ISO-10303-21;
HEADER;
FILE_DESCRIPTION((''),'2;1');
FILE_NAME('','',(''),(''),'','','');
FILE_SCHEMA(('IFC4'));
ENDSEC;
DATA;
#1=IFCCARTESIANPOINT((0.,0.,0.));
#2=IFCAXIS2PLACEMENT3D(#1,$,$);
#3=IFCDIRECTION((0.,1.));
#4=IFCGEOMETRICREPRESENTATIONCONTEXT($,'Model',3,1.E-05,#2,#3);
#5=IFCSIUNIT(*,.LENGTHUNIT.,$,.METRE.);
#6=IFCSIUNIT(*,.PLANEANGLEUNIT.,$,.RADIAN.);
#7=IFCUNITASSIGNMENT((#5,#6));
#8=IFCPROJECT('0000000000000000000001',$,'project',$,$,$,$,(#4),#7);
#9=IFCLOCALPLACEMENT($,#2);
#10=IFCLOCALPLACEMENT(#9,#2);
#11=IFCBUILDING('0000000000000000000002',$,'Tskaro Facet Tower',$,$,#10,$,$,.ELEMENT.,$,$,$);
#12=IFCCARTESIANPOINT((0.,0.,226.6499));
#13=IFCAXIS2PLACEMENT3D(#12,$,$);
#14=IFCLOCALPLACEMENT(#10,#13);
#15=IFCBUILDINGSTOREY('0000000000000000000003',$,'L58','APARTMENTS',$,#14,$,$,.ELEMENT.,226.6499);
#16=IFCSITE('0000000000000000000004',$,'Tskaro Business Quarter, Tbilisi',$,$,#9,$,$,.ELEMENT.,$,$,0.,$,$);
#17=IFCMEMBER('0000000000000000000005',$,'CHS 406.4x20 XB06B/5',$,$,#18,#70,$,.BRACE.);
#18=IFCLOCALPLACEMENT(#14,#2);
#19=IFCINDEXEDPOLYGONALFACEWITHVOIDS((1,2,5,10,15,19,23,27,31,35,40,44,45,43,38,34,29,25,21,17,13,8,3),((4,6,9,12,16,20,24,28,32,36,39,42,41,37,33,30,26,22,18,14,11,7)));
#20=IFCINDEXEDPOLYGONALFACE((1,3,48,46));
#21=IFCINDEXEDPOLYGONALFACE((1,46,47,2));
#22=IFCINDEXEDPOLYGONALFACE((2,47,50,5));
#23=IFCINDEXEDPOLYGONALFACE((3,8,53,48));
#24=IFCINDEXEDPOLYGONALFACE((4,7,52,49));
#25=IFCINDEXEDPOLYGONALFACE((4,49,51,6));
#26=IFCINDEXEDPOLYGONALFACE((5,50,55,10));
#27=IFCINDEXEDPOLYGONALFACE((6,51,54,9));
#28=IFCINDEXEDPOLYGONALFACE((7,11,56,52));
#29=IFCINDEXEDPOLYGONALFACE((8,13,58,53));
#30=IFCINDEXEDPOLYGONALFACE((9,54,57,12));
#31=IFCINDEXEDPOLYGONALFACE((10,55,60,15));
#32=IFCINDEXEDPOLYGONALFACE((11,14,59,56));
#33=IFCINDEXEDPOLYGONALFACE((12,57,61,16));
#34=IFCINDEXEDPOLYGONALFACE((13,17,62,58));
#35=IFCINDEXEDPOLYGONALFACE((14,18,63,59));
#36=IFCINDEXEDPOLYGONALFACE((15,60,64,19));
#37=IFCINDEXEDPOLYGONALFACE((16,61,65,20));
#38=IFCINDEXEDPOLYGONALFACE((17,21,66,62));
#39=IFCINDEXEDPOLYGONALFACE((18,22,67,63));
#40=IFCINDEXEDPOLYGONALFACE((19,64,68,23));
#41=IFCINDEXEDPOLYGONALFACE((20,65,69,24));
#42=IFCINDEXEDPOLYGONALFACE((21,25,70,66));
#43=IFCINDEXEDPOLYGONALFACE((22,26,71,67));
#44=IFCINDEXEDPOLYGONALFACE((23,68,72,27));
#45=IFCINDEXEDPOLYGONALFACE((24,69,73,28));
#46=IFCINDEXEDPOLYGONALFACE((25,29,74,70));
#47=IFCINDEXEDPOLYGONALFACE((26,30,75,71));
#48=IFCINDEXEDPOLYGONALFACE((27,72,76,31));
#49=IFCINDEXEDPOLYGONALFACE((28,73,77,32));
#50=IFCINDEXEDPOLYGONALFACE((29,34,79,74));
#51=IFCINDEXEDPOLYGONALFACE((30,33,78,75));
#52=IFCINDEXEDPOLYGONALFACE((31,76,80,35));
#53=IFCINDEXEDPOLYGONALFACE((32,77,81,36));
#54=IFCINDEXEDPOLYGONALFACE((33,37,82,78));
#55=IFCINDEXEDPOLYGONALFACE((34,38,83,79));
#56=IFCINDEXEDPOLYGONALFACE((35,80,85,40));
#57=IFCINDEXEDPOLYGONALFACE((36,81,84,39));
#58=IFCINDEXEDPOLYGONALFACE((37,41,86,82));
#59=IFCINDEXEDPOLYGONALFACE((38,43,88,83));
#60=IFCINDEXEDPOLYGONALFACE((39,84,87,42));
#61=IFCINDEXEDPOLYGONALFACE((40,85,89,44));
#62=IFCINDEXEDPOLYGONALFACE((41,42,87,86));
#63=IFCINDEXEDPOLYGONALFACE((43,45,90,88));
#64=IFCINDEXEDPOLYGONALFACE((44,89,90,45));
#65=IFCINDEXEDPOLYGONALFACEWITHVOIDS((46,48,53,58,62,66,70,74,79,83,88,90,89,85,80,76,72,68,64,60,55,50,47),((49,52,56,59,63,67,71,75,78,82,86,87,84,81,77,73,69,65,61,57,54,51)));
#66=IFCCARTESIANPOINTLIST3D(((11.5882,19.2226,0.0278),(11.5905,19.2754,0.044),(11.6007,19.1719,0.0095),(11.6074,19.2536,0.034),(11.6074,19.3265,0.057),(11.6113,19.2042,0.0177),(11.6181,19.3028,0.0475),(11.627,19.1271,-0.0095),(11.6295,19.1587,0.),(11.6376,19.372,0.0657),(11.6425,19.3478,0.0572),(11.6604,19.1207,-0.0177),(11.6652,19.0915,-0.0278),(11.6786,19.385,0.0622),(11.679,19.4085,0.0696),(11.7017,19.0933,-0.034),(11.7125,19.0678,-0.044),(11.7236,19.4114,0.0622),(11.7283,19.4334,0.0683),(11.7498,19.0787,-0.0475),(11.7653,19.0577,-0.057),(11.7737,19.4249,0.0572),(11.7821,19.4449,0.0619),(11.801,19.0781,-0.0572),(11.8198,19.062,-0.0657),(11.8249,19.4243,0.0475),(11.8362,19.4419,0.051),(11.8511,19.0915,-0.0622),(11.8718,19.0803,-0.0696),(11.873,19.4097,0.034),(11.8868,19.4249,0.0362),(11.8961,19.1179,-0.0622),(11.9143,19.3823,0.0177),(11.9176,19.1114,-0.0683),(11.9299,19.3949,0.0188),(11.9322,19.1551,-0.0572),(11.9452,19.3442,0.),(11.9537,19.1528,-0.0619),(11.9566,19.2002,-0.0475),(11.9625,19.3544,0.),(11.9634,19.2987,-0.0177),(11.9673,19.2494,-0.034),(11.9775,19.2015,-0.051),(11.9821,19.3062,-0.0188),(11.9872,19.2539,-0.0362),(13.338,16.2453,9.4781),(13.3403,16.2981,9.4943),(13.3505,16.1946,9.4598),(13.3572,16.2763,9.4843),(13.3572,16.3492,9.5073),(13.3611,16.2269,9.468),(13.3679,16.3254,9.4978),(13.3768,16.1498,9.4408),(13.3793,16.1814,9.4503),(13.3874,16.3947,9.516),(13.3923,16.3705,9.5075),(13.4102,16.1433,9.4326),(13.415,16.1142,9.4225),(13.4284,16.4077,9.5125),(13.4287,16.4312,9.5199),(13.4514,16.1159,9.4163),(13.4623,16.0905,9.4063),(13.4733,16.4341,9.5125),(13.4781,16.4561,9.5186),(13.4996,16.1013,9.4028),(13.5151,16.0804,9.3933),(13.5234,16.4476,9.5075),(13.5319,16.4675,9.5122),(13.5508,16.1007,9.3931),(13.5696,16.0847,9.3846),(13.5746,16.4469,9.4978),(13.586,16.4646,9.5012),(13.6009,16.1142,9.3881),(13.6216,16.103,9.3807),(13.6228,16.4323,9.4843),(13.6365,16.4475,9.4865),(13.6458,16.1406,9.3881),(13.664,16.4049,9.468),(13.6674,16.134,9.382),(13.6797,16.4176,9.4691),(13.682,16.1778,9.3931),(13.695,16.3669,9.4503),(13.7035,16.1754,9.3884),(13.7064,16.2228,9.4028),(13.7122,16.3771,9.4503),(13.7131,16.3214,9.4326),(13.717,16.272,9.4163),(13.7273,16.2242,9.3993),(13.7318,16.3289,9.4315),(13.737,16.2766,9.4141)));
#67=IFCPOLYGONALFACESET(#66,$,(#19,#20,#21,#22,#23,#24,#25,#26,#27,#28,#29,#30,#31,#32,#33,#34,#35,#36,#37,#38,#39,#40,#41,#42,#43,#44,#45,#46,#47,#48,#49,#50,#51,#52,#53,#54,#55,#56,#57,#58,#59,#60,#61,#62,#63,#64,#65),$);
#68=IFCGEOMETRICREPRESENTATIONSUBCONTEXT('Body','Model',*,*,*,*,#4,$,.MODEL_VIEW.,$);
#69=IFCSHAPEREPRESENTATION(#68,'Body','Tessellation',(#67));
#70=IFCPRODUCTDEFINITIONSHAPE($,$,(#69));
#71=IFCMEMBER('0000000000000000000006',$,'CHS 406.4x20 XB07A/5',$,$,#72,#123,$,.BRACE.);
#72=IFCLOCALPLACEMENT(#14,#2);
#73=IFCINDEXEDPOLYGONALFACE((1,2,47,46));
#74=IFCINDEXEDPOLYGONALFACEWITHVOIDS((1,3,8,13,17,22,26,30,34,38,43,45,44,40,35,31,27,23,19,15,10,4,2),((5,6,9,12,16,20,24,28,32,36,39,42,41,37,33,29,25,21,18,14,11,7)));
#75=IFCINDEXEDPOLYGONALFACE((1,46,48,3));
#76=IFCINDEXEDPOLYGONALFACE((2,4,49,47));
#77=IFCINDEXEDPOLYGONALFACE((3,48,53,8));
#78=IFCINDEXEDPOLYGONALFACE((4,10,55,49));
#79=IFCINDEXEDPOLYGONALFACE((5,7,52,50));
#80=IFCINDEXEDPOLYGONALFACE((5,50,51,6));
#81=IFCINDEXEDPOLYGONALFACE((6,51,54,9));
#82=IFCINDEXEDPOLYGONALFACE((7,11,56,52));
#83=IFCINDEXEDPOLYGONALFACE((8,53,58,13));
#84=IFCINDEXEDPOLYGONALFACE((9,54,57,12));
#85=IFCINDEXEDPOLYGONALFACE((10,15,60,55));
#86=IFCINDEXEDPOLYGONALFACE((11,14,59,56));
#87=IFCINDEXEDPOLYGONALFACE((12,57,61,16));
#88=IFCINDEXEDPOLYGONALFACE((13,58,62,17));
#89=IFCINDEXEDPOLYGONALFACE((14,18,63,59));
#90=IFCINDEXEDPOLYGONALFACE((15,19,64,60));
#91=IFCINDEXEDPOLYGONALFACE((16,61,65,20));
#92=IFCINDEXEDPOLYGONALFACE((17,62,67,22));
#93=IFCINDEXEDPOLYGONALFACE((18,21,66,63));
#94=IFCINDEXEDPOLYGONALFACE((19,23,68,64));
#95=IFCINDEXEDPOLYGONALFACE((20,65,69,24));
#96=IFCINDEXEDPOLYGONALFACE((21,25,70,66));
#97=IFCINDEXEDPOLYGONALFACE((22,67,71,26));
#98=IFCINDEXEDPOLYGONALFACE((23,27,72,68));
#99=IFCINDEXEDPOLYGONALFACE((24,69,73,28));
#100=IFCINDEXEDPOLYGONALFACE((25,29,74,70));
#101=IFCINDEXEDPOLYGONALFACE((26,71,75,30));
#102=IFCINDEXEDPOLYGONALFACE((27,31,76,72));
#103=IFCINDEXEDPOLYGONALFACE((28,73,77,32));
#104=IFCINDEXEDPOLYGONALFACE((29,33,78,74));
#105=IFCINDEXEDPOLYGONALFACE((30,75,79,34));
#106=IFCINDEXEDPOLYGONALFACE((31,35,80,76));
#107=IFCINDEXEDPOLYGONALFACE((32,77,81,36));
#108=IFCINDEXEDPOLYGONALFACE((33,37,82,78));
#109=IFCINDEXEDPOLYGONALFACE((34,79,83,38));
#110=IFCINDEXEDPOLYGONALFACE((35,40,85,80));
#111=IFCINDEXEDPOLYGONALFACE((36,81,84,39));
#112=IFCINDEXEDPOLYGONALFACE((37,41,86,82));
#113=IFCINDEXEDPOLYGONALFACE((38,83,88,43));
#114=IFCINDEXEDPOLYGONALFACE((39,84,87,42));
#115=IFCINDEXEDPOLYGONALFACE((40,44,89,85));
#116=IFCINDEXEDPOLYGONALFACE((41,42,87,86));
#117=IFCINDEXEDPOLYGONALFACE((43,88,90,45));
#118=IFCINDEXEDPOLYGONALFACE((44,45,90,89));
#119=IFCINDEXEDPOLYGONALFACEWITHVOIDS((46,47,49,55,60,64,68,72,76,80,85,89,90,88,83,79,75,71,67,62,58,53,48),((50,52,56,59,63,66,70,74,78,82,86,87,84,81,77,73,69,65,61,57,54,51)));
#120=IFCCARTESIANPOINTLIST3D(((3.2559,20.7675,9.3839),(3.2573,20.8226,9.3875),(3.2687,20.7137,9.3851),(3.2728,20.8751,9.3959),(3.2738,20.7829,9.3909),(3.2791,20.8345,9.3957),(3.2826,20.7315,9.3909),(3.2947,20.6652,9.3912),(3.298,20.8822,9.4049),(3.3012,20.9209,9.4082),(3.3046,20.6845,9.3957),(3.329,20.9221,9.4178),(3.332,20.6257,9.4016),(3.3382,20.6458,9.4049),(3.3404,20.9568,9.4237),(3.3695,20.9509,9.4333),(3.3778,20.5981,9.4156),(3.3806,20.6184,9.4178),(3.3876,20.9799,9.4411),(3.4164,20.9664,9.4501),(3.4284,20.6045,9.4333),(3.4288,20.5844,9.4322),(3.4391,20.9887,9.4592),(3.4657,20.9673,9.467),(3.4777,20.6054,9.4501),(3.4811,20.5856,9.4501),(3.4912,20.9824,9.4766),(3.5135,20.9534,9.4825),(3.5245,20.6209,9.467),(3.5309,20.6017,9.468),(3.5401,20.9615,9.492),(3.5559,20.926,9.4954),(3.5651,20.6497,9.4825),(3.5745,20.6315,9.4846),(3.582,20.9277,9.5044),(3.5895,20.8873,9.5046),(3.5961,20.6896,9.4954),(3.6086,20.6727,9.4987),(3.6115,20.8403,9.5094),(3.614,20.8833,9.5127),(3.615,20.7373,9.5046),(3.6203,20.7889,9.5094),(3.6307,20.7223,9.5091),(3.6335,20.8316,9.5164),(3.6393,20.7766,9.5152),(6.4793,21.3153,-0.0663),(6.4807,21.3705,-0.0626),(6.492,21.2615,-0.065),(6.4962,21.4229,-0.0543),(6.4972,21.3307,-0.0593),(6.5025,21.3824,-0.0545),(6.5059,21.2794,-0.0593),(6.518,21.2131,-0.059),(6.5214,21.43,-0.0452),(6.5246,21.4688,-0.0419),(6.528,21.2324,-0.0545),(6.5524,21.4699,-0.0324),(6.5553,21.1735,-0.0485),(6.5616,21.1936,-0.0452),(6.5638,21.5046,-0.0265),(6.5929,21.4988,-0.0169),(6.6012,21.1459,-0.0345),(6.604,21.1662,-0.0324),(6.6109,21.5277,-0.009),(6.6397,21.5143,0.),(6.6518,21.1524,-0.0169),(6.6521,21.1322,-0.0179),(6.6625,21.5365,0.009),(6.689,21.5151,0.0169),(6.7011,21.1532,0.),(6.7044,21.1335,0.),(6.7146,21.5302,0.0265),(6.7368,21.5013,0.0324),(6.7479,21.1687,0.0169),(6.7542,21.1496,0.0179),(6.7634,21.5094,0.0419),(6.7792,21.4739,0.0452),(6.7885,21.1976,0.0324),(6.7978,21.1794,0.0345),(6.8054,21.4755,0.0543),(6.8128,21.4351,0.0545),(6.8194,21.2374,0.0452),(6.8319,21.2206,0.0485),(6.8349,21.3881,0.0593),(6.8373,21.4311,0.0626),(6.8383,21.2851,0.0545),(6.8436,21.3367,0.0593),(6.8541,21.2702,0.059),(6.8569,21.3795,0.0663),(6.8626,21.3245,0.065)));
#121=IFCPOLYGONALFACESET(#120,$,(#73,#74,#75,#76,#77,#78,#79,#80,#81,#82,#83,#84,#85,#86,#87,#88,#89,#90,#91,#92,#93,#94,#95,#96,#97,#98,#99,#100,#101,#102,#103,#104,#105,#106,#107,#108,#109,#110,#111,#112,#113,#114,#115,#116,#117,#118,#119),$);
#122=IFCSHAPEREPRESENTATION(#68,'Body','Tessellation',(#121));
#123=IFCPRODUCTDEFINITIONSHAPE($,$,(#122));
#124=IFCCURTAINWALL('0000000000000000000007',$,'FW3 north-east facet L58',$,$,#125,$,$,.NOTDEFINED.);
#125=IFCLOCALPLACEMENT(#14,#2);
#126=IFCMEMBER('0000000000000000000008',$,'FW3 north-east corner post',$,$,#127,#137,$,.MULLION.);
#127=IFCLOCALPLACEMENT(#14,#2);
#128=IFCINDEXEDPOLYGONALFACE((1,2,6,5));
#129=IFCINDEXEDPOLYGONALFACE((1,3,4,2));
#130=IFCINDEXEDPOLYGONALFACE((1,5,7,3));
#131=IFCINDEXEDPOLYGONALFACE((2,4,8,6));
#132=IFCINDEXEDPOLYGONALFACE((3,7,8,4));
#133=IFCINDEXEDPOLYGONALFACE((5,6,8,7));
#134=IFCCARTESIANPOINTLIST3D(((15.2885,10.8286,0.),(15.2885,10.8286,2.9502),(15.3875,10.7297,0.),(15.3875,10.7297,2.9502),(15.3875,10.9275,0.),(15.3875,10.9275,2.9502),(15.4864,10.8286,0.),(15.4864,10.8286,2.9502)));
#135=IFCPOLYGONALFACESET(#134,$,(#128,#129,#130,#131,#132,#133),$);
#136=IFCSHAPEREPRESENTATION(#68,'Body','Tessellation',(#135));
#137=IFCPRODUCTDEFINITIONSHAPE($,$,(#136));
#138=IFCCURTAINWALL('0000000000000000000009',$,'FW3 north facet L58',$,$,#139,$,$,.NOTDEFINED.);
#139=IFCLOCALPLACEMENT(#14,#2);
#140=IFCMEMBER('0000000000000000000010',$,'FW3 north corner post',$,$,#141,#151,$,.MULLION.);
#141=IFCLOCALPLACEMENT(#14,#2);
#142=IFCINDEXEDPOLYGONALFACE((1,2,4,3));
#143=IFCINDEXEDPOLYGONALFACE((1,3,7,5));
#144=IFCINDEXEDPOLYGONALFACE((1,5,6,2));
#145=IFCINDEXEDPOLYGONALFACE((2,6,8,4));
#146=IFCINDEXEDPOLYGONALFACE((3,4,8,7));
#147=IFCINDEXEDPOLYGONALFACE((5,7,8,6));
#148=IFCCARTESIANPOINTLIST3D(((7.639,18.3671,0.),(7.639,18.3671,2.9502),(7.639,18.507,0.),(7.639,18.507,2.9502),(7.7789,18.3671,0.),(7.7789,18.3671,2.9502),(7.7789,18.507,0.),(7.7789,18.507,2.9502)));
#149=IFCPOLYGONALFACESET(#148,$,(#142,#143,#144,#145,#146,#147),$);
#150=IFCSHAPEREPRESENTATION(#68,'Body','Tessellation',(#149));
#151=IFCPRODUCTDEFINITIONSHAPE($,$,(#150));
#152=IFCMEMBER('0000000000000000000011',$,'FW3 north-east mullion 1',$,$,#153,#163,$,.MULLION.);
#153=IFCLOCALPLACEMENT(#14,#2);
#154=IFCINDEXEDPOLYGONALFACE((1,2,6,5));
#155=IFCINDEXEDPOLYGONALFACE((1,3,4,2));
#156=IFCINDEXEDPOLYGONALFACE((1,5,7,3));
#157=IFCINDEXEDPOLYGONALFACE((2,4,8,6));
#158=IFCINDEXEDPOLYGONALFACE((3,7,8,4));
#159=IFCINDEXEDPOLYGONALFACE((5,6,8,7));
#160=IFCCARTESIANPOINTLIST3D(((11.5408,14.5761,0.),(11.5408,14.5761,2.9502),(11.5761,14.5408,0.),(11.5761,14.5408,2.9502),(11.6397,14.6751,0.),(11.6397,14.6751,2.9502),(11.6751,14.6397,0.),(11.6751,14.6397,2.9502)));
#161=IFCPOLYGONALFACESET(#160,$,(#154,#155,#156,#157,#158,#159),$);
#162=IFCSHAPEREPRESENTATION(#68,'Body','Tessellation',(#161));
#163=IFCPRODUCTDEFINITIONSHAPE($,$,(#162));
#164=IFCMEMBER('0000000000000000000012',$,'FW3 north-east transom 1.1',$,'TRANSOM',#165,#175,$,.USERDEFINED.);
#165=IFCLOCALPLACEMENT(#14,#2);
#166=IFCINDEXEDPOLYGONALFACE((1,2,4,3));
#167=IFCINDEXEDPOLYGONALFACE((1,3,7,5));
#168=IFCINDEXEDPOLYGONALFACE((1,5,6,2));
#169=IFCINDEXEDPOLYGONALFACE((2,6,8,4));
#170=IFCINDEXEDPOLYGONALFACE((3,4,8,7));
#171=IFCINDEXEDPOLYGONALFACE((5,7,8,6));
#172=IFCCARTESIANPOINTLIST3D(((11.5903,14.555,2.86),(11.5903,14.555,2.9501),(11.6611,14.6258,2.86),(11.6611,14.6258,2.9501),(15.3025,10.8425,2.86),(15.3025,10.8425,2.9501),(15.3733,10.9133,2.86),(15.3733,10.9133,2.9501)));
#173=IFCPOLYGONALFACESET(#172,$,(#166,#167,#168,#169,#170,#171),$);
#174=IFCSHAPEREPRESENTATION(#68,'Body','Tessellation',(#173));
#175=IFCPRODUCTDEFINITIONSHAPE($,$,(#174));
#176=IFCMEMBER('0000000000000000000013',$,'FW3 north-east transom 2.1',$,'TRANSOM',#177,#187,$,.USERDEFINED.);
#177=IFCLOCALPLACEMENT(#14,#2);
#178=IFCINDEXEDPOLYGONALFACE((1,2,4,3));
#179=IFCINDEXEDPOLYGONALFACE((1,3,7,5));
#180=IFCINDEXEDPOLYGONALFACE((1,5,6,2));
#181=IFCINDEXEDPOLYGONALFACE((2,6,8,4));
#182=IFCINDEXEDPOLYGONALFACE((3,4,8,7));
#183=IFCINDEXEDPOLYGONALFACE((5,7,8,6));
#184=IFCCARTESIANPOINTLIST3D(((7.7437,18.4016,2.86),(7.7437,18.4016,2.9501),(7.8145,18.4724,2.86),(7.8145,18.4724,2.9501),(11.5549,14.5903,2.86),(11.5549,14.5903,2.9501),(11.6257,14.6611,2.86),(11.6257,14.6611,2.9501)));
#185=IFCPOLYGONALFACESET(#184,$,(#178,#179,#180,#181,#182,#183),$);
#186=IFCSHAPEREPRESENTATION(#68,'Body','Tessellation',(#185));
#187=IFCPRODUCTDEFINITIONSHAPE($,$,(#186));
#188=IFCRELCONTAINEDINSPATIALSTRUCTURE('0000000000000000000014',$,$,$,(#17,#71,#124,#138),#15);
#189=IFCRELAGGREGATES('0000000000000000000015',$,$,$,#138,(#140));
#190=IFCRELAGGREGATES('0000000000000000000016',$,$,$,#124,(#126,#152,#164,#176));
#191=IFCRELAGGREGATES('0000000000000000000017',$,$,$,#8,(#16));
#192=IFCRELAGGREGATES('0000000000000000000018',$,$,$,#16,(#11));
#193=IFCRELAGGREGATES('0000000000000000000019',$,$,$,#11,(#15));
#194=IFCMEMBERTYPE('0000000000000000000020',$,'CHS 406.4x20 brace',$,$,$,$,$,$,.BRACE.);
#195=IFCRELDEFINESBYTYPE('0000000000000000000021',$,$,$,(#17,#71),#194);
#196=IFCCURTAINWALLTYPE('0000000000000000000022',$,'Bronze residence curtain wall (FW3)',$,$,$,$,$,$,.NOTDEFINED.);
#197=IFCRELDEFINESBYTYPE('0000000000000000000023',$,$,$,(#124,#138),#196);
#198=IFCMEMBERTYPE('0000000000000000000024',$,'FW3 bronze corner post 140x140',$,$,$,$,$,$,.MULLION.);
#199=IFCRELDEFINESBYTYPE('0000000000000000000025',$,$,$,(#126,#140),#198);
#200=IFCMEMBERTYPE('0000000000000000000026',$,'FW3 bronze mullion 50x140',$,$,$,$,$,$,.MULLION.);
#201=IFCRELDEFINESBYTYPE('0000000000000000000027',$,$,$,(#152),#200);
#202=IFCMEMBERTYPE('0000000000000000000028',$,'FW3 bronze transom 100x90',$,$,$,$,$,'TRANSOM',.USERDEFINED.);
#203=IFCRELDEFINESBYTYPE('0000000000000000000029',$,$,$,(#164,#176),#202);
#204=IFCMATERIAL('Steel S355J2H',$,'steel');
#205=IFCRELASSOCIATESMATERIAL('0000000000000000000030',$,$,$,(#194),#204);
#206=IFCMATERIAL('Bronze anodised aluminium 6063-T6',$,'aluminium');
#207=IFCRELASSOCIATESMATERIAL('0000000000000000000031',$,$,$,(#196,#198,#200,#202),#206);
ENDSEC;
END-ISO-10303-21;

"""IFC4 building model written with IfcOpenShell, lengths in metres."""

from ifc_helpers import new_model, si_unit, direction, frame, origin, origin_2d, place, context, subcontext, project, spatial, rectangle, hollow_circle, extrude, material, material_profile, profile_set, type_object, element, aggregate, save


model = new_model("IFC4")

# Units and contexts
model_context = context("Model", 3, precision=1e-05, world=origin(), true_north=direction((0.0, 1.0)))
body_context = subcontext(model_context, "Body", "Model", "MODEL_VIEW")
ifc_project = project(units=[si_unit("LENGTHUNIT", "METRE"), si_unit("PLANEANGLEUNIT", "RADIAN")], contexts=[model_context])

# Site, building, storey
site_placement = place(None, origin())
site = spatial("IfcSite", under=ifc_project, at=site_placement, Name="Tskaro Business Quarter, Tbilisi", CompositionType="ELEMENT", RefElevation=0.0)
building_placement = place(site_placement, origin())
building = spatial("IfcBuilding", under=site, at=building_placement, Name="Tskaro Facet Tower", CompositionType="ELEMENT")
storey_placement = place(building_placement, frame((0.0, 0.0, 226.6499)))
storey = spatial("IfcBuildingStorey", under=building, at=storey_placement, Name="L58", Description="APARTMENTS", CompositionType="ELEMENT", Elevation=226.6499)

# Shared definitions
ifc_material_1 = material(Name="Steel S355J2H", Category="steel")

# Members
ifc_material_profile_1 = material_profile(ifc_material_1, hollow_circle(Radius=0.2031, WallThickness=0.02, at=origin_2d()), Name="CHS 406.4x20")
ifc_profile_set_1 = profile_set([ifc_material_profile_1], Name="Steel S355J2H")
member_type_1 = type_object("IfcMemberType", Name="CHS 406.4x20 brace", PredefinedType="BRACE", material=ifc_profile_set_1)
for number, where, z_axis, x_axis, name in (
    (1, (11.7874, 19.2515, 0.0), (0.173907, -0.295912, 0.939251), (0.862136, 0.506677, 0.0), "CHS 406.4x20 XB06B/5"),
):
    element("IfcMember", number, at=place(storey_placement, frame(where, z_axis=z_axis, x_axis=x_axis)), inside=storey, type_object=member_type_1, Name=name, PredefinedType="BRACE", context=body_context, shape_type="SweptSolid", body=[
        extrude(hollow_circle(Radius=0.2031, WallThickness=0.02, at=origin_2d()), origin(), (0.0, 0.0, 1.0), 10.0615),
    ])
member_1_placement = place(storey_placement, frame((6.6704, 21.3337, 0.0), z_axis=(-0.322344, -0.054786, 0.945036), x_axis=(0.167558, -0.985862, 0.0)))
element("IfcMember", 2, at=member_1_placement, inside=storey, type_object=member_type_1, Name="CHS 406.4x20 XB07A/5", PredefinedType="BRACE", context=body_context, shape_type="SweptSolid", body=[
    extrude(hollow_circle(Radius=0.2031, WallThickness=0.02, at=origin_2d()), origin(), (0.0, 0.0, 1.0), 9.9998),
])

# Curtain walls, members
ifc_material_2 = material(Name="Bronze anodised aluminium 6063-T6", Category="aluminium")
curtain_wall_type = type_object("IfcCurtainWallType", Name="Bronze residence curtain wall (FW3)", PredefinedType="NOTDEFINED", material=ifc_material_2)
curtain_wall_1_placement = place(storey_placement, origin())
curtain_wall_1 = element("IfcCurtainWall", 3, at=curtain_wall_1_placement, inside=storey, type_object=curtain_wall_type, Name="FW3 north-east facet L58", PredefinedType="NOTDEFINED")
ifc_material_profile_2 = material_profile(ifc_material_2, rectangle(XDim=0.1399, YDim=0.1399, at=origin_2d()), Name="Corner post 140x140")
ifc_profile_set_2 = profile_set([ifc_material_profile_2], Name="Bronze anodised aluminium 6063-T6")
member_type_2 = type_object("IfcMemberType", Name="FW3 bronze corner post 140x140", PredefinedType="MULLION", material=ifc_profile_set_2)
member_2_placement = place(storey_placement, frame((15.3875, 10.8286, 0.0), z_axis=(0.0, 0.0, 1.0), x_axis=(-0.707107, 0.707107, 0.0)))
member_2 = element("IfcMember", 4, at=member_2_placement, type_object=member_type_2, Name="FW3 north-east corner post", PredefinedType="MULLION", context=body_context, shape_type="SweptSolid", body=[
    extrude(rectangle(XDim=0.1399, YDim=0.1399, at=origin_2d()), origin(), (0.0, 0.0, 1.0), 2.9502),
])
curtain_wall_2_placement = place(storey_placement, origin())
curtain_wall_2 = element("IfcCurtainWall", 5, at=curtain_wall_2_placement, inside=storey, type_object=curtain_wall_type, Name="FW3 north facet L58", PredefinedType="NOTDEFINED")
member_3_placement = place(storey_placement, frame((7.709, 18.437, 0.0), z_axis=(0.0, 0.0, 1.0), x_axis=(-1.0, 0.0, 0.0)))
member_3 = element("IfcMember", 6, at=member_3_placement, type_object=member_type_2, Name="FW3 north corner post", PredefinedType="MULLION", context=body_context, shape_type="SweptSolid", body=[
    extrude(rectangle(XDim=0.1399, YDim=0.1399, at=origin_2d()), origin(), (0.0, 0.0, 1.0), 2.9502),
])

# Members
ifc_material_profile_3 = material_profile(ifc_material_2, rectangle(XDim=0.05, YDim=0.1399, at=origin_2d()), Name="Mullion 50x140")
ifc_profile_set_3 = profile_set([ifc_material_profile_3], Name="Bronze anodised aluminium 6063-T6")
member_type_3 = type_object("IfcMemberType", Name="FW3 bronze mullion 50x140", PredefinedType="MULLION", material=ifc_profile_set_3)
member_4_placement = place(storey_placement, frame((11.6079, 14.6079, 0.0), z_axis=(0.0, 0.0, 1.0), x_axis=(-0.707107, 0.707107, 0.0)))
member_4 = element("IfcMember", 7, at=member_4_placement, type_object=member_type_3, Name="FW3 north-east mullion 1", PredefinedType="MULLION", context=body_context, shape_type="SweptSolid", body=[
    extrude(rectangle(XDim=0.05, YDim=0.1399, at=origin_2d()), origin(), (0.0, 0.0, 1.0), 2.9502),
])
ifc_material_profile_4 = material_profile(ifc_material_2, rectangle(XDim=0.1001, YDim=0.0901, at=origin_2d()), Name="Transom 100x90")
ifc_profile_set_4 = profile_set([ifc_material_profile_4], Name="Bronze anodised aluminium 6063-T6")
member_type_4 = type_object("IfcMemberType", Name="FW3 bronze transom 100x90", ElementType="TRANSOM", PredefinedType="USERDEFINED", material=ifc_profile_set_4)
member_5_placement = place(storey_placement, frame((15.3379, 10.8779, 2.905), z_axis=(-0.707084, 0.70713, 0.0), x_axis=(-0.70713, -0.707084, 0.0)))
member_5 = element("IfcMember", 8, at=member_5_placement, type_object=member_type_4, Name="FW3 north-east transom 1.1", ObjectType="TRANSOM", PredefinedType="USERDEFINED", context=body_context, shape_type="SweptSolid", body=[
    extrude(rectangle(XDim=0.1001, YDim=0.0901, at=origin_2d()), origin(), (0.0, 0.0, 1.0), 5.25),
])
member_6_placement = place(storey_placement, frame((11.5903, 14.6257, 2.905), z_axis=(-0.707107, 0.707107, 0.0), x_axis=(-0.707107, -0.707107, 0.0)))
member_6 = element("IfcMember", 9, at=member_6_placement, type_object=member_type_4, Name="FW3 north-east transom 2.1", ObjectType="TRANSOM", PredefinedType="USERDEFINED", context=body_context, shape_type="SweptSolid", body=[
    extrude(rectangle(XDim=0.1001, YDim=0.0901, at=origin_2d()), origin(), (0.0, 0.0, 1.0), 5.3899),
])
aggregate(curtain_wall_2, [member_3])

aggregate(curtain_wall_1, [member_2, member_4, member_5, member_6])

save(model, "model.ifc")
